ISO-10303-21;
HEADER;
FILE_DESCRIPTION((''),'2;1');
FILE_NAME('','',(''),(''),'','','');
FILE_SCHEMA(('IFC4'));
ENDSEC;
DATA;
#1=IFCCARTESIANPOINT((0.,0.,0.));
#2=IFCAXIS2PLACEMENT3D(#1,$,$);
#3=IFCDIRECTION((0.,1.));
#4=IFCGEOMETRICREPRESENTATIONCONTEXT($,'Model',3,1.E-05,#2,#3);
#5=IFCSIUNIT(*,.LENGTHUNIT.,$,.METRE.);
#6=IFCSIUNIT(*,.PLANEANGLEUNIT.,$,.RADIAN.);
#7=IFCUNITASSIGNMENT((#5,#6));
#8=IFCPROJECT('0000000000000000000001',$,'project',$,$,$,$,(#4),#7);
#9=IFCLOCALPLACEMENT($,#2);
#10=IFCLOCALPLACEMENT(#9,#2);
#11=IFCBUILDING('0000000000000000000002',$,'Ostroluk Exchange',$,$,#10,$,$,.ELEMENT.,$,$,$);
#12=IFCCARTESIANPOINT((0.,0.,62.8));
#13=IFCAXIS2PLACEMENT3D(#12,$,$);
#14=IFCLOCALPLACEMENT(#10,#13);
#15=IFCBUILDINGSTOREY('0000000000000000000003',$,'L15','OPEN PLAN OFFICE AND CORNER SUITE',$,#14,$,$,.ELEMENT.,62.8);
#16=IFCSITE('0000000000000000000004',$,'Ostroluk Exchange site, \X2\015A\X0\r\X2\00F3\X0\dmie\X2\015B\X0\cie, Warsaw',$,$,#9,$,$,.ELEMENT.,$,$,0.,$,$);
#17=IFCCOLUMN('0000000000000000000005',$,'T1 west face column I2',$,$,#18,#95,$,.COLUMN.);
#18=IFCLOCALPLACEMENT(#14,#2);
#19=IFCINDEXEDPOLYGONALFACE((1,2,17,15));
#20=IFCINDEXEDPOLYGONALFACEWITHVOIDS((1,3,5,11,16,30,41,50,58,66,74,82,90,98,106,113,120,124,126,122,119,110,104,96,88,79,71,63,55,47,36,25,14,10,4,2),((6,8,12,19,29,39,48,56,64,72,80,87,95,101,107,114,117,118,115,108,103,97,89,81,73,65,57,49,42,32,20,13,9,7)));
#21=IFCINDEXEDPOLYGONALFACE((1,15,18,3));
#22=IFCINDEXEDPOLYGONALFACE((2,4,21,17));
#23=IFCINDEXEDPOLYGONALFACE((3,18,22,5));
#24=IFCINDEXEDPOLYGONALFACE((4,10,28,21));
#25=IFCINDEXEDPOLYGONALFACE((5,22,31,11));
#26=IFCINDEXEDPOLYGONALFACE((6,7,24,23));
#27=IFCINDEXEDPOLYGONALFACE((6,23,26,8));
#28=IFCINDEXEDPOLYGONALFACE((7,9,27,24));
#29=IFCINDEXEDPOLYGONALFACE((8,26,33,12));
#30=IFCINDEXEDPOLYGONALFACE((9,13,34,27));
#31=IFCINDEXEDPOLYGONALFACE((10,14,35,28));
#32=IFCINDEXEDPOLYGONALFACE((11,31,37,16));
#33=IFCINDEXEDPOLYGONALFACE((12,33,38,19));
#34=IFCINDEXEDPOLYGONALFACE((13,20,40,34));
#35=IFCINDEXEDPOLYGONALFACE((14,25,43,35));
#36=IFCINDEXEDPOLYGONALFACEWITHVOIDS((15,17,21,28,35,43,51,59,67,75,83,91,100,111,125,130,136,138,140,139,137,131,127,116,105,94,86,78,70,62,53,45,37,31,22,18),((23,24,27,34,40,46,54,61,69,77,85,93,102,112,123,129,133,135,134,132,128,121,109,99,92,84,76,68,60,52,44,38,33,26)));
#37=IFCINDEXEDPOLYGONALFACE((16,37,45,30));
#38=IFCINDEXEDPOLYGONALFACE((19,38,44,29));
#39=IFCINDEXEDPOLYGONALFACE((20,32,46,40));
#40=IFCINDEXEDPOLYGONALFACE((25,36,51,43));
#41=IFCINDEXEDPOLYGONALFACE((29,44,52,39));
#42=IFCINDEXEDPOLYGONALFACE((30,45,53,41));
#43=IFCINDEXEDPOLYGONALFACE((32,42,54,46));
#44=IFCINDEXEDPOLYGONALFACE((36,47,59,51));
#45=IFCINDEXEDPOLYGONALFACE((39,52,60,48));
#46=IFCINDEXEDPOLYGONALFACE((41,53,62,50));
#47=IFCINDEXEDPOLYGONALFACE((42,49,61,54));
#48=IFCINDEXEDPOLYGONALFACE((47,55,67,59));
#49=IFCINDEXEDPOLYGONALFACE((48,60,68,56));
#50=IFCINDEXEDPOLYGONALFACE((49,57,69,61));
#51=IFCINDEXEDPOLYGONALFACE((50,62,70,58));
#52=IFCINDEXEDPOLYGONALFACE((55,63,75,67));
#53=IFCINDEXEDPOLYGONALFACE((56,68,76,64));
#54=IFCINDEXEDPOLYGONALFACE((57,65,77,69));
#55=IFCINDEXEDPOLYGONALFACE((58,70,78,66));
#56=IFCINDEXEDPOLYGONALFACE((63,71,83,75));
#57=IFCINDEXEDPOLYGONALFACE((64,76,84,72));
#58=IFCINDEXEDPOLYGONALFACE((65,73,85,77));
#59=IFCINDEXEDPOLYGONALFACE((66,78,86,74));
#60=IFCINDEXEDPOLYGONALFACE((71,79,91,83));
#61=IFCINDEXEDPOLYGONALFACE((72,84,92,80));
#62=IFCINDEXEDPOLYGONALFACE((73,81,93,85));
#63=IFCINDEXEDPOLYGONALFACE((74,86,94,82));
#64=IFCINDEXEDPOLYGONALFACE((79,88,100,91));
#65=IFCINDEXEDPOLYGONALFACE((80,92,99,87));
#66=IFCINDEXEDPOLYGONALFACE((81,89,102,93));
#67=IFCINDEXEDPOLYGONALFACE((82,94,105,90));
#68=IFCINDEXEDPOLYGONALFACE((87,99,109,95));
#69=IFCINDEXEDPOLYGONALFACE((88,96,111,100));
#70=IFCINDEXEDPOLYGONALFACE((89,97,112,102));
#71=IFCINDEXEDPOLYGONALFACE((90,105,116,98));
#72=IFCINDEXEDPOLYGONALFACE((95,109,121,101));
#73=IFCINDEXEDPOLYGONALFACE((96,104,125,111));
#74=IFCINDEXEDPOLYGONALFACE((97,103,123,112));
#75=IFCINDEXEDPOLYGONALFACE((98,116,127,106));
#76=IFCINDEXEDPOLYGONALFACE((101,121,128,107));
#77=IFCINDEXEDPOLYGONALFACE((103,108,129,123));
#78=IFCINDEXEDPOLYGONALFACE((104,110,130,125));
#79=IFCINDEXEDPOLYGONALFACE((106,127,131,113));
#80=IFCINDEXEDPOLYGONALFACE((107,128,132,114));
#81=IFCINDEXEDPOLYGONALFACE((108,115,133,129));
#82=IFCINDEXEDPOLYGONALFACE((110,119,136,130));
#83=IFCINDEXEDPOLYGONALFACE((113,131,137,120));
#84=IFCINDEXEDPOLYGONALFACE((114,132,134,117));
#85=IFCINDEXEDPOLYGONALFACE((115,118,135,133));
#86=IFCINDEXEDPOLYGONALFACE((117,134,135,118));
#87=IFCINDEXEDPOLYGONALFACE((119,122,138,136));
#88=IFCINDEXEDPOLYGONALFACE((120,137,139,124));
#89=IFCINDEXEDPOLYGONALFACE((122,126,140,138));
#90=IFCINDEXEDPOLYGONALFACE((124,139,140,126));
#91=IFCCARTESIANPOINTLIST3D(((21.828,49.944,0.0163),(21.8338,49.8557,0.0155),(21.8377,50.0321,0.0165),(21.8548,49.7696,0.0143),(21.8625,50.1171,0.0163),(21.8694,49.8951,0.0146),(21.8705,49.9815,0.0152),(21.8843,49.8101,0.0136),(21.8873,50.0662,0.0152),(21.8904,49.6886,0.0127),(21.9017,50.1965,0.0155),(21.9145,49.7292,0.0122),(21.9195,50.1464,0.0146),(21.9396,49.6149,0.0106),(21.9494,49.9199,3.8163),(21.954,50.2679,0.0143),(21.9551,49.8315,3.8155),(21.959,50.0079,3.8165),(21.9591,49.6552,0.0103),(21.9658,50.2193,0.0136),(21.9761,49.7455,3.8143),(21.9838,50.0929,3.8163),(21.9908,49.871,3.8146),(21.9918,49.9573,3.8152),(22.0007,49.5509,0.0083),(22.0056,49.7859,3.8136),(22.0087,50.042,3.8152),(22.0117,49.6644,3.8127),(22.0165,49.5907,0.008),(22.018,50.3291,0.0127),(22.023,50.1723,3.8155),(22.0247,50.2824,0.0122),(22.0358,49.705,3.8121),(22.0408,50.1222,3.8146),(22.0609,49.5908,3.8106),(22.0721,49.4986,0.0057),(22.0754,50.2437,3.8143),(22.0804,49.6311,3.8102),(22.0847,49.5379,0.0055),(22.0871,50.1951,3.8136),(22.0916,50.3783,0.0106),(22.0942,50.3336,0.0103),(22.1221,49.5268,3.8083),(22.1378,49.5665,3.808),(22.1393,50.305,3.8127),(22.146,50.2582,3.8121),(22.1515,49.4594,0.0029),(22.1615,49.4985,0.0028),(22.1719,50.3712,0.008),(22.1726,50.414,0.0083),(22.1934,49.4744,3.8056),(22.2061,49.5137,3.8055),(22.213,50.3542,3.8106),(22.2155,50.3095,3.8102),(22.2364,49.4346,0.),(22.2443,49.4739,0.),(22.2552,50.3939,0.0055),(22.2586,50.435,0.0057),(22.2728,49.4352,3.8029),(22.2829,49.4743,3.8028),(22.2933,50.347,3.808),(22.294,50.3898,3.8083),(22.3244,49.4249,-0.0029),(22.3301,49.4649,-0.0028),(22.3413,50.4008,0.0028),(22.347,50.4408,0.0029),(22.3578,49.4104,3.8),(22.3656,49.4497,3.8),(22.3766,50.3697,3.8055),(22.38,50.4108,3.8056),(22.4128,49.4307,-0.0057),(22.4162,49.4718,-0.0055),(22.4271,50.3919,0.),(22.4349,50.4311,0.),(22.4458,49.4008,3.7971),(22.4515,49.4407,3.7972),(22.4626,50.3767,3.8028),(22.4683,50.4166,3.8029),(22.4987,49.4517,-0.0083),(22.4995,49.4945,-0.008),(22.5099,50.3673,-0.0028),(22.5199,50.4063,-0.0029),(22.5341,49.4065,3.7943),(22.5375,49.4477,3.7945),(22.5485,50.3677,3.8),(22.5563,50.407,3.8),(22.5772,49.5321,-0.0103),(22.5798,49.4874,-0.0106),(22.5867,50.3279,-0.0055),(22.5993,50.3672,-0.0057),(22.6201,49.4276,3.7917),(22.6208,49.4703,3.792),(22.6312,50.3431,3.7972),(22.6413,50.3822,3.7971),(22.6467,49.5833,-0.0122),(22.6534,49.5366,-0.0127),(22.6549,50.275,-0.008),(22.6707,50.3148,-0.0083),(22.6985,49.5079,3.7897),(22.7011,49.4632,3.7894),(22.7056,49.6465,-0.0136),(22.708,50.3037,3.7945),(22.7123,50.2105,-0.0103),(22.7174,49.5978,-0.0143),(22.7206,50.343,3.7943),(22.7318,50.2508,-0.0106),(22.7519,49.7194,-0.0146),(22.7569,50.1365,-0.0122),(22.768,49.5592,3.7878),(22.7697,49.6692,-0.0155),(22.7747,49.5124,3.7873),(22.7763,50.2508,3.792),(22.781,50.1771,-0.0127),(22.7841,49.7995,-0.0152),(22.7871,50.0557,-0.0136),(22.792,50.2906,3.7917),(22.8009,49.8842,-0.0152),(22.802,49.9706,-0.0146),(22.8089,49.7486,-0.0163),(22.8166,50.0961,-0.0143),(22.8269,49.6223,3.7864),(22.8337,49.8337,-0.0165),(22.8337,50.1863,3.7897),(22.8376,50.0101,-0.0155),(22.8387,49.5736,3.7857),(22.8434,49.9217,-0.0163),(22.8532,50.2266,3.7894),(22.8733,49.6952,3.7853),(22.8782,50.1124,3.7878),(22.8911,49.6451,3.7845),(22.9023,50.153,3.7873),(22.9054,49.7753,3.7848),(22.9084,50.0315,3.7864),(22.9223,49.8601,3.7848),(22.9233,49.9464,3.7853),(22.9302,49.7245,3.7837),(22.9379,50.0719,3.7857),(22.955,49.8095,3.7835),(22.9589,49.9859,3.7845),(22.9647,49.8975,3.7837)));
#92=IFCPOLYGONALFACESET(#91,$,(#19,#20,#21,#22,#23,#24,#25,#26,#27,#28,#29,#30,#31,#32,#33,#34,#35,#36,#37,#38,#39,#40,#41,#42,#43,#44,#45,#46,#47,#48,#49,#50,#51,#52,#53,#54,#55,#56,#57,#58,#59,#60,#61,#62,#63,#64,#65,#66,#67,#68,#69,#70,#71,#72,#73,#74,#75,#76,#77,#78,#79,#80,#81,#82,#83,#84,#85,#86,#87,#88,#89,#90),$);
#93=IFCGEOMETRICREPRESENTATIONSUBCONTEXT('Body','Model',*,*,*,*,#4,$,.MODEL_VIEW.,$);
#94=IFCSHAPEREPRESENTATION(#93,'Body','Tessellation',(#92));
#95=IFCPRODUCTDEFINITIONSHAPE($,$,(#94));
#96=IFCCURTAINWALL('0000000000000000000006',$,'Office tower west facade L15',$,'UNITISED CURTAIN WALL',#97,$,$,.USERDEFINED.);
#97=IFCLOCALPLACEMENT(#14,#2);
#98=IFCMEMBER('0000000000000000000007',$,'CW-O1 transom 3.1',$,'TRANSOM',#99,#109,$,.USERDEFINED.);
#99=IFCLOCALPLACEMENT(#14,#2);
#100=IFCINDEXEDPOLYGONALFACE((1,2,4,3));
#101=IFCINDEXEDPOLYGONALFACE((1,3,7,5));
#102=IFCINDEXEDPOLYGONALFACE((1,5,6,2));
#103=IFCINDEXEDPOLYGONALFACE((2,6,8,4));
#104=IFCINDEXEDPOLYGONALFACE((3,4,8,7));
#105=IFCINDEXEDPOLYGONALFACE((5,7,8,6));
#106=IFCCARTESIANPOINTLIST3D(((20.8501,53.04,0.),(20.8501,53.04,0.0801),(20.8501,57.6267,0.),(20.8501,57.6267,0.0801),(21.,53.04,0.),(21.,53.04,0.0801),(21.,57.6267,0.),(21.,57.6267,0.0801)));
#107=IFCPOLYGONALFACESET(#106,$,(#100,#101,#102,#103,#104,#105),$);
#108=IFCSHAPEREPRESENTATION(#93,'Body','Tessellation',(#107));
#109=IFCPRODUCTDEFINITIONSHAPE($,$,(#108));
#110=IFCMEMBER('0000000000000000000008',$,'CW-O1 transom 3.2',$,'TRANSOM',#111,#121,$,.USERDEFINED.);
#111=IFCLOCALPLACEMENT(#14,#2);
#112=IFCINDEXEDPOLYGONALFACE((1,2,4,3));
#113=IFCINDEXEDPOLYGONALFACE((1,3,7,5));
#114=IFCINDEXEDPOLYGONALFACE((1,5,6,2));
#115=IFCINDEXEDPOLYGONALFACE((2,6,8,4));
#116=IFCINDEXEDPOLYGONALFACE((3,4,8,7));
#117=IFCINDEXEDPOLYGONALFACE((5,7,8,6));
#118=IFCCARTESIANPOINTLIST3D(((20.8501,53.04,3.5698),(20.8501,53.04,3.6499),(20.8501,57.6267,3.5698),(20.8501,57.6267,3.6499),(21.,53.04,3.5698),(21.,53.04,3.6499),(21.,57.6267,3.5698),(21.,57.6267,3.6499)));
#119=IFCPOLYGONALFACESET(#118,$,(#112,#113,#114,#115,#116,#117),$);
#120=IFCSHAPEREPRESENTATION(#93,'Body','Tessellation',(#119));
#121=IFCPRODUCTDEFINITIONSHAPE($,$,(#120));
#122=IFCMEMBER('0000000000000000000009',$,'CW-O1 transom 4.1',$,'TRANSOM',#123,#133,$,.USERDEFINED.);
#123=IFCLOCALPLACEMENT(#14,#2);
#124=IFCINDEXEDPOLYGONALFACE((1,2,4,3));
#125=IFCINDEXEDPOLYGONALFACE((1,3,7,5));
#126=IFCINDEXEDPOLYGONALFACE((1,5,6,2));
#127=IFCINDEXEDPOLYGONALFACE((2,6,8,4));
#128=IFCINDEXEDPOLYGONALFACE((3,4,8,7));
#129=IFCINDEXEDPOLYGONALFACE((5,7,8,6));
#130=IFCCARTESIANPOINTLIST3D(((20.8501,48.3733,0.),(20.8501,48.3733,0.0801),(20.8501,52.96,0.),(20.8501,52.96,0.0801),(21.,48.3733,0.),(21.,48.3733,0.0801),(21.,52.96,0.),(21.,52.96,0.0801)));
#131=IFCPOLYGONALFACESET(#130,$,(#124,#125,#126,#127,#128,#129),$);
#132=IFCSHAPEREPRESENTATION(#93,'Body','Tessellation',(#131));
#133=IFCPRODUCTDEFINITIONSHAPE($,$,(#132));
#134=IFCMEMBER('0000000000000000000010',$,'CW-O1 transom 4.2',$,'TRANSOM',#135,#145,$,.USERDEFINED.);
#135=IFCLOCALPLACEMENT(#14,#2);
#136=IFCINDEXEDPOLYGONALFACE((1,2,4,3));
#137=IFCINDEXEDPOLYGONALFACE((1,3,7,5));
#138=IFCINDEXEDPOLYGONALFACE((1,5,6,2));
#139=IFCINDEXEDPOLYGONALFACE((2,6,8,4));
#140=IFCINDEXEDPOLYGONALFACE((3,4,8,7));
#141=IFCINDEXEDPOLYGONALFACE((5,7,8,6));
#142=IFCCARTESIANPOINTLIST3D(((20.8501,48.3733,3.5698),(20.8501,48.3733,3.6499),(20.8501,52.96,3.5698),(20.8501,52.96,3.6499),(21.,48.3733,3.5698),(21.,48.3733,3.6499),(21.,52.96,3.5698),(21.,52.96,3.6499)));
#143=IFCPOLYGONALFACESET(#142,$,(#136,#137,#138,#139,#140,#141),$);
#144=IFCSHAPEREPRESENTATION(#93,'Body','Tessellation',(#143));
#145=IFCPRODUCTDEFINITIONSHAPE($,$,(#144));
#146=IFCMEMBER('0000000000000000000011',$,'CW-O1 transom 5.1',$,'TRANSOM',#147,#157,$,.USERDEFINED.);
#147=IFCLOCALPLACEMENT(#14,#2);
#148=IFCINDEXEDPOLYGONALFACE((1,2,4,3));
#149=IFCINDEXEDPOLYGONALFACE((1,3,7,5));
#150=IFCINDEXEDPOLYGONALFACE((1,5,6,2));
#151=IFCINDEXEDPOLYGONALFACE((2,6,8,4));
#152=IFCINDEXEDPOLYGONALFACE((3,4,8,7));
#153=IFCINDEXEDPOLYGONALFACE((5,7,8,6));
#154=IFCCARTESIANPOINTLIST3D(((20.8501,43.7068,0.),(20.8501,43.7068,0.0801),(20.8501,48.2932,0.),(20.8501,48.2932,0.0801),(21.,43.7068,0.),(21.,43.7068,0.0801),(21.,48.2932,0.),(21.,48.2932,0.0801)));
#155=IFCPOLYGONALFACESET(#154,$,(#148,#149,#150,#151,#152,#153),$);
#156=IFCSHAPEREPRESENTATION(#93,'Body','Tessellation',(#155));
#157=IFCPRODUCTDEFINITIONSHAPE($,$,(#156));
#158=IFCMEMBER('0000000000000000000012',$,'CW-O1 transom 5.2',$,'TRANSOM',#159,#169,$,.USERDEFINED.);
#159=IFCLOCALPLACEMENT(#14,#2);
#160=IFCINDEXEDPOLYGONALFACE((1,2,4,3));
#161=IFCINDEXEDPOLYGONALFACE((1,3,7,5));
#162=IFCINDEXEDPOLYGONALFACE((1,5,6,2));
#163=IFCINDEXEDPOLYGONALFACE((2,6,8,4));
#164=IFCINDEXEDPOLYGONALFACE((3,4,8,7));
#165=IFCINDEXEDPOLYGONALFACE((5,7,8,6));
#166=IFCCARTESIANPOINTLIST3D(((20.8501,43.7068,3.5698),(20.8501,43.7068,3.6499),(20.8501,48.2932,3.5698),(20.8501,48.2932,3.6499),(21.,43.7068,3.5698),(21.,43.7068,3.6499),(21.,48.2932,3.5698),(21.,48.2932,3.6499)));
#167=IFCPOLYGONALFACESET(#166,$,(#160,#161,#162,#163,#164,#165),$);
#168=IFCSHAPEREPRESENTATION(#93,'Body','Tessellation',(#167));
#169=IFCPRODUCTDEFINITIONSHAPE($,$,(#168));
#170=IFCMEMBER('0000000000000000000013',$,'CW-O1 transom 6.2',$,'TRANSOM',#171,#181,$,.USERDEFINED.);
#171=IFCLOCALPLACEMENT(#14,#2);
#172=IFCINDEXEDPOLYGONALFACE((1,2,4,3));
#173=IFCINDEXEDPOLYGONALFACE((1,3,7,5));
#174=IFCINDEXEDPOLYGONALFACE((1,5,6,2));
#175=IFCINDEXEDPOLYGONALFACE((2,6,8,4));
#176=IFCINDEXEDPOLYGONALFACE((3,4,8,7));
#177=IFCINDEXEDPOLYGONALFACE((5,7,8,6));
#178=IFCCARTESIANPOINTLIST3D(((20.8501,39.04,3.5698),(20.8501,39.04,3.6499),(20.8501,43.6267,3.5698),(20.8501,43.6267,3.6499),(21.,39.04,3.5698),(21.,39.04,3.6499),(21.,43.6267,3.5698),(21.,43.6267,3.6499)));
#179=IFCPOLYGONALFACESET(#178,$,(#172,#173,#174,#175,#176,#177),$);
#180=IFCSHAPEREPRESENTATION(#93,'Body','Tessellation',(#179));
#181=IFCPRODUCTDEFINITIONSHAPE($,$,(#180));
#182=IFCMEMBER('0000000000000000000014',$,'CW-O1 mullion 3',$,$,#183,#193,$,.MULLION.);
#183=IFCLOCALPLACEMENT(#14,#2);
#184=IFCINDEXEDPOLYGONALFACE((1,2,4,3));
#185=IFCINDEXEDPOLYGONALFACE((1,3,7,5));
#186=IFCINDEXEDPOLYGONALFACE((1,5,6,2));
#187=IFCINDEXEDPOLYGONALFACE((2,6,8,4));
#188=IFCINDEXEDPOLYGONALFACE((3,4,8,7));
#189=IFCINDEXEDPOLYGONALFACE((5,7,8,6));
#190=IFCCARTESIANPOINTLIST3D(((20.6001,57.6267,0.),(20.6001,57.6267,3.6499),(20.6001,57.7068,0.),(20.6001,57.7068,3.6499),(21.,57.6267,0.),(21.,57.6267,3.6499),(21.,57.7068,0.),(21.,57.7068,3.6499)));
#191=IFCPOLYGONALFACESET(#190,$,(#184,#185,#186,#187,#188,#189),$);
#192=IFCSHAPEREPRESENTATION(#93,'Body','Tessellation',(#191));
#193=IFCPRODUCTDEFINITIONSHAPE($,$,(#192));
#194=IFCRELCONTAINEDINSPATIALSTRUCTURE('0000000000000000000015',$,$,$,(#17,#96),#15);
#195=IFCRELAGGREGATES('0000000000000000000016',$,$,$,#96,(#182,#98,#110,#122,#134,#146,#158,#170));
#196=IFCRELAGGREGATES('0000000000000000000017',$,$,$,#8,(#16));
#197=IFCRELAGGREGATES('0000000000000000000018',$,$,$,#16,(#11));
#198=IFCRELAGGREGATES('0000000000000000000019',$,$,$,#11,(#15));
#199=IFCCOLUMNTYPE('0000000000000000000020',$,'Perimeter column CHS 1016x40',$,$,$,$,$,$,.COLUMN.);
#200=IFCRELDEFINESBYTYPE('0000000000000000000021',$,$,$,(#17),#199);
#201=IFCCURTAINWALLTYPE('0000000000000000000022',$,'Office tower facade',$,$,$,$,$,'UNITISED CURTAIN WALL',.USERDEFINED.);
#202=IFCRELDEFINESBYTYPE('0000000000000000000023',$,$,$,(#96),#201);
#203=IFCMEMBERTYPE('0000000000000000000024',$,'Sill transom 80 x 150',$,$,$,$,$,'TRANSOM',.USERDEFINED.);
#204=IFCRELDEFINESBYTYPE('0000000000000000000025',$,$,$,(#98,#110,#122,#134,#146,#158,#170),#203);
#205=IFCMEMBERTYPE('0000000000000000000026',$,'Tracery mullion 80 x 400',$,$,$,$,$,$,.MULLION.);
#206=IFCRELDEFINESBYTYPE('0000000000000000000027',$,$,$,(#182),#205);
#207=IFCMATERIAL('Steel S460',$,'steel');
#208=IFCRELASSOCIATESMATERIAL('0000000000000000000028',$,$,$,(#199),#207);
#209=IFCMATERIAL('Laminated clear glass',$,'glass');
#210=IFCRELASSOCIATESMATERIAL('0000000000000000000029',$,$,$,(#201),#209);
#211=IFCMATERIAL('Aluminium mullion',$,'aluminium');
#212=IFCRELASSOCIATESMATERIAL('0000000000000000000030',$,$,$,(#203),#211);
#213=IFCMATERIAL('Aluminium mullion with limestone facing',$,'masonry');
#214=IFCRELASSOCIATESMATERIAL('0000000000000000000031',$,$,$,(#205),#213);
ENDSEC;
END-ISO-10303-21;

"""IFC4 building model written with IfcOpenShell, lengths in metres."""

from ifc_helpers import new_model, si_unit, direction, frame, origin, origin_2d, place, context, subcontext, project, spatial, rectangle, hollow_circle, extrude, material, material_profile, profile_set, type_object, element, aggregate, save


model = new_model("IFC4")

# Units and contexts
model_context = context("Model", 3, precision=1e-05, world=origin(), true_north=direction((0.0, 1.0)))
body_context = subcontext(model_context, "Body", "Model", "MODEL_VIEW")
ifc_project = project(units=[si_unit("LENGTHUNIT", "METRE"), si_unit("PLANEANGLEUNIT", "RADIAN")], contexts=[model_context])

# Site, building, storey
site_placement = place(None, origin())
site = spatial("IfcSite", under=ifc_project, at=site_placement, Name="Ostroluk Exchange site, Śródmieście, Warsaw", CompositionType="ELEMENT", RefElevation=0.0)
building_placement = place(site_placement, origin())
building = spatial("IfcBuilding", under=site, at=building_placement, Name="Ostroluk Exchange", CompositionType="ELEMENT")
storey_placement = place(building_placement, frame((0.0, 0.0, 62.8)))
storey = spatial("IfcBuildingStorey", under=building, at=storey_placement, Name="L15", Description="OPEN PLAN OFFICE AND CORNER SUITE", CompositionType="ELEMENT", Elevation=62.8)

# Column
ifc_material_1 = material(Name="Steel S460", Category="steel")
ifc_material_profile_1 = material_profile(ifc_material_1, hollow_circle(Radius=0.5081, WallThickness=0.04, at=origin_2d()), Name="CHS 1016x40")
ifc_profile_set_1 = profile_set([ifc_material_profile_1], Name="Steel S460")
column_type = type_object("IfcColumnType", Name="Perimeter column CHS 1016x40", PredefinedType="COLUMN", material=ifc_profile_set_1)
column_placement = place(storey_placement, frame((22.3357, 49.9329, 0.0), z_axis=(0.031914, -0.006357, 0.99947), x_axis=(0.195357, 0.980732, 0.0)))
element("IfcColumn", 1, at=column_placement, inside=storey, type_object=column_type, Name="T1 west face column I2", PredefinedType="COLUMN", context=body_context, shape_type="SweptSolid", body=[
    extrude(hollow_circle(Radius=0.5081, WallThickness=0.04, at=origin_2d()), origin(), (0.0, 0.0, 1.0), 3.802),
])

# Curtain wall, members
ifc_material_2 = material(Name="Laminated clear glass", Category="glass")
curtain_wall_type = type_object("IfcCurtainWallType", Name="Office tower facade", ElementType="UNITISED CURTAIN WALL", PredefinedType="USERDEFINED", material=ifc_material_2)
curtain_wall_placement = place(storey_placement, origin())
curtain_wall = element("IfcCurtainWall", 2, at=curtain_wall_placement, inside=storey, type_object=curtain_wall_type, Name="Office tower west facade L15", ObjectType="UNITISED CURTAIN WALL", PredefinedType="USERDEFINED")
ifc_material_3 = material(Name="Aluminium mullion", Category="aluminium")
ifc_material_profile_2 = material_profile(ifc_material_3, rectangle(XDim=0.1499, YDim=0.0801, at=origin_2d()), Name="Sill transom 80 x 150")
ifc_profile_set_2 = profile_set([ifc_material_profile_2], Name="Aluminium mullion")
member_type_1 = type_object("IfcMemberType", Name="Sill transom 80 x 150", ElementType="TRANSOM", PredefinedType="USERDEFINED", material=ifc_profile_set_2)
member_1_placement = place(storey_placement, frame((20.925, 57.6267, 0.04), z_axis=(0.0, -1.0, 0.0), x_axis=(1.0, 0.0, 0.0)))
member_1 = element("IfcMember", 3, at=member_1_placement, type_object=member_type_1, Name="CW-O1 transom 3.1", ObjectType="TRANSOM", PredefinedType="USERDEFINED", context=body_context, shape_type="SweptSolid", body=[
    extrude(rectangle(XDim=0.1499, YDim=0.0801, at=origin_2d()), origin(), (0.0, 0.0, 1.0), 4.5867),
])
member_2_placement = place(storey_placement, frame((20.925, 57.6267, 3.6099), z_axis=(0.0, -1.0, 0.0), x_axis=(1.0, 0.0, 0.0)))
member_2 = element("IfcMember", 4, at=member_2_placement, type_object=member_type_1, Name="CW-O1 transom 3.2", ObjectType="TRANSOM", PredefinedType="USERDEFINED", context=body_context, shape_type="SweptSolid", body=[
    extrude(rectangle(XDim=0.1499, YDim=0.0801, at=origin_2d()), origin(), (0.0, 0.0, 1.0), 4.5867),
])
member_3_placement = place(storey_placement, frame((20.925, 52.96, 0.04), z_axis=(0.0, -1.0, 0.0), x_axis=(1.0, 0.0, 0.0)))
member_3 = element("IfcMember", 5, at=member_3_placement, type_object=member_type_1, Name="CW-O1 transom 4.1", ObjectType="TRANSOM", PredefinedType="USERDEFINED", context=body_context, shape_type="SweptSolid", body=[
    extrude(rectangle(XDim=0.1499, YDim=0.0801, at=origin_2d()), origin(), (0.0, 0.0, 1.0), 4.5867),
])
member_4_placement = place(storey_placement, frame((20.925, 52.96, 3.6099), z_axis=(0.0, -1.0, 0.0), x_axis=(1.0, 0.0, 0.0)))
member_4 = element("IfcMember", 6, at=member_4_placement, type_object=member_type_1, Name="CW-O1 transom 4.2", ObjectType="TRANSOM", PredefinedType="USERDEFINED", context=body_context, shape_type="SweptSolid", body=[
    extrude(rectangle(XDim=0.1499, YDim=0.0801, at=origin_2d()), origin(), (0.0, 0.0, 1.0), 4.5867),
])
member_5_placement = place(storey_placement, frame((20.925, 48.2932, 0.04), z_axis=(0.0, -1.0, 0.0), x_axis=(1.0, 0.0, 0.0)))
member_5 = element("IfcMember", 7, at=member_5_placement, type_object=member_type_1, Name="CW-O1 transom 5.1", ObjectType="TRANSOM", PredefinedType="USERDEFINED", context=body_context, shape_type="SweptSolid", body=[
    extrude(rectangle(XDim=0.1499, YDim=0.0801, at=origin_2d()), origin(), (0.0, 0.0, 1.0), 4.5864),
])
member_6_placement = place(storey_placement, frame((20.925, 48.2932, 3.6099), z_axis=(0.0, -1.0, 0.0), x_axis=(1.0, 0.0, 0.0)))
member_6 = element("IfcMember", 8, at=member_6_placement, type_object=member_type_1, Name="CW-O1 transom 5.2", ObjectType="TRANSOM", PredefinedType="USERDEFINED", context=body_context, shape_type="SweptSolid", body=[
    extrude(rectangle(XDim=0.1499, YDim=0.0801, at=origin_2d()), origin(), (0.0, 0.0, 1.0), 4.5864),
])
member_7_placement = place(storey_placement, frame((20.925, 43.6267, 3.6099), z_axis=(0.0, -1.0, 0.0), x_axis=(1.0, 0.0, 0.0)))
member_7 = element("IfcMember", 9, at=member_7_placement, type_object=member_type_1, Name="CW-O1 transom 6.2", ObjectType="TRANSOM", PredefinedType="USERDEFINED", context=body_context, shape_type="SweptSolid", body=[
    extrude(rectangle(XDim=0.1499, YDim=0.0801, at=origin_2d()), origin(), (0.0, 0.0, 1.0), 4.5867),
])
ifc_material_4 = material(Name="Aluminium mullion with limestone facing", Category="masonry")
ifc_material_profile_3 = material_profile(ifc_material_4, rectangle(XDim=0.3999, YDim=0.0801, at=origin_2d()), Name="Tracery mullion 80 x 400")
ifc_profile_set_3 = profile_set([ifc_material_profile_3], Name="Aluminium mullion with limestone facing")
member_type_2 = type_object("IfcMemberType", Name="Tracery mullion 80 x 400", PredefinedType="MULLION", material=ifc_profile_set_3)
member_8_placement = place(storey_placement, frame((20.8, 57.6667, 0.0), z_axis=(0.0, 0.0, 1.0), x_axis=(1.0, 0.0, 0.0)))
member_8 = element("IfcMember", 10, at=member_8_placement, type_object=member_type_2, Name="CW-O1 mullion 3", PredefinedType="MULLION", context=body_context, shape_type="SweptSolid", body=[
    extrude(rectangle(XDim=0.3999, YDim=0.0801, at=origin_2d()), origin(), (0.0, 0.0, 1.0), 3.6499),
])
aggregate(curtain_wall, [member_8, member_1, member_2, member_3, member_4, member_5, member_6, member_7])

save(model, "model.ifc")
